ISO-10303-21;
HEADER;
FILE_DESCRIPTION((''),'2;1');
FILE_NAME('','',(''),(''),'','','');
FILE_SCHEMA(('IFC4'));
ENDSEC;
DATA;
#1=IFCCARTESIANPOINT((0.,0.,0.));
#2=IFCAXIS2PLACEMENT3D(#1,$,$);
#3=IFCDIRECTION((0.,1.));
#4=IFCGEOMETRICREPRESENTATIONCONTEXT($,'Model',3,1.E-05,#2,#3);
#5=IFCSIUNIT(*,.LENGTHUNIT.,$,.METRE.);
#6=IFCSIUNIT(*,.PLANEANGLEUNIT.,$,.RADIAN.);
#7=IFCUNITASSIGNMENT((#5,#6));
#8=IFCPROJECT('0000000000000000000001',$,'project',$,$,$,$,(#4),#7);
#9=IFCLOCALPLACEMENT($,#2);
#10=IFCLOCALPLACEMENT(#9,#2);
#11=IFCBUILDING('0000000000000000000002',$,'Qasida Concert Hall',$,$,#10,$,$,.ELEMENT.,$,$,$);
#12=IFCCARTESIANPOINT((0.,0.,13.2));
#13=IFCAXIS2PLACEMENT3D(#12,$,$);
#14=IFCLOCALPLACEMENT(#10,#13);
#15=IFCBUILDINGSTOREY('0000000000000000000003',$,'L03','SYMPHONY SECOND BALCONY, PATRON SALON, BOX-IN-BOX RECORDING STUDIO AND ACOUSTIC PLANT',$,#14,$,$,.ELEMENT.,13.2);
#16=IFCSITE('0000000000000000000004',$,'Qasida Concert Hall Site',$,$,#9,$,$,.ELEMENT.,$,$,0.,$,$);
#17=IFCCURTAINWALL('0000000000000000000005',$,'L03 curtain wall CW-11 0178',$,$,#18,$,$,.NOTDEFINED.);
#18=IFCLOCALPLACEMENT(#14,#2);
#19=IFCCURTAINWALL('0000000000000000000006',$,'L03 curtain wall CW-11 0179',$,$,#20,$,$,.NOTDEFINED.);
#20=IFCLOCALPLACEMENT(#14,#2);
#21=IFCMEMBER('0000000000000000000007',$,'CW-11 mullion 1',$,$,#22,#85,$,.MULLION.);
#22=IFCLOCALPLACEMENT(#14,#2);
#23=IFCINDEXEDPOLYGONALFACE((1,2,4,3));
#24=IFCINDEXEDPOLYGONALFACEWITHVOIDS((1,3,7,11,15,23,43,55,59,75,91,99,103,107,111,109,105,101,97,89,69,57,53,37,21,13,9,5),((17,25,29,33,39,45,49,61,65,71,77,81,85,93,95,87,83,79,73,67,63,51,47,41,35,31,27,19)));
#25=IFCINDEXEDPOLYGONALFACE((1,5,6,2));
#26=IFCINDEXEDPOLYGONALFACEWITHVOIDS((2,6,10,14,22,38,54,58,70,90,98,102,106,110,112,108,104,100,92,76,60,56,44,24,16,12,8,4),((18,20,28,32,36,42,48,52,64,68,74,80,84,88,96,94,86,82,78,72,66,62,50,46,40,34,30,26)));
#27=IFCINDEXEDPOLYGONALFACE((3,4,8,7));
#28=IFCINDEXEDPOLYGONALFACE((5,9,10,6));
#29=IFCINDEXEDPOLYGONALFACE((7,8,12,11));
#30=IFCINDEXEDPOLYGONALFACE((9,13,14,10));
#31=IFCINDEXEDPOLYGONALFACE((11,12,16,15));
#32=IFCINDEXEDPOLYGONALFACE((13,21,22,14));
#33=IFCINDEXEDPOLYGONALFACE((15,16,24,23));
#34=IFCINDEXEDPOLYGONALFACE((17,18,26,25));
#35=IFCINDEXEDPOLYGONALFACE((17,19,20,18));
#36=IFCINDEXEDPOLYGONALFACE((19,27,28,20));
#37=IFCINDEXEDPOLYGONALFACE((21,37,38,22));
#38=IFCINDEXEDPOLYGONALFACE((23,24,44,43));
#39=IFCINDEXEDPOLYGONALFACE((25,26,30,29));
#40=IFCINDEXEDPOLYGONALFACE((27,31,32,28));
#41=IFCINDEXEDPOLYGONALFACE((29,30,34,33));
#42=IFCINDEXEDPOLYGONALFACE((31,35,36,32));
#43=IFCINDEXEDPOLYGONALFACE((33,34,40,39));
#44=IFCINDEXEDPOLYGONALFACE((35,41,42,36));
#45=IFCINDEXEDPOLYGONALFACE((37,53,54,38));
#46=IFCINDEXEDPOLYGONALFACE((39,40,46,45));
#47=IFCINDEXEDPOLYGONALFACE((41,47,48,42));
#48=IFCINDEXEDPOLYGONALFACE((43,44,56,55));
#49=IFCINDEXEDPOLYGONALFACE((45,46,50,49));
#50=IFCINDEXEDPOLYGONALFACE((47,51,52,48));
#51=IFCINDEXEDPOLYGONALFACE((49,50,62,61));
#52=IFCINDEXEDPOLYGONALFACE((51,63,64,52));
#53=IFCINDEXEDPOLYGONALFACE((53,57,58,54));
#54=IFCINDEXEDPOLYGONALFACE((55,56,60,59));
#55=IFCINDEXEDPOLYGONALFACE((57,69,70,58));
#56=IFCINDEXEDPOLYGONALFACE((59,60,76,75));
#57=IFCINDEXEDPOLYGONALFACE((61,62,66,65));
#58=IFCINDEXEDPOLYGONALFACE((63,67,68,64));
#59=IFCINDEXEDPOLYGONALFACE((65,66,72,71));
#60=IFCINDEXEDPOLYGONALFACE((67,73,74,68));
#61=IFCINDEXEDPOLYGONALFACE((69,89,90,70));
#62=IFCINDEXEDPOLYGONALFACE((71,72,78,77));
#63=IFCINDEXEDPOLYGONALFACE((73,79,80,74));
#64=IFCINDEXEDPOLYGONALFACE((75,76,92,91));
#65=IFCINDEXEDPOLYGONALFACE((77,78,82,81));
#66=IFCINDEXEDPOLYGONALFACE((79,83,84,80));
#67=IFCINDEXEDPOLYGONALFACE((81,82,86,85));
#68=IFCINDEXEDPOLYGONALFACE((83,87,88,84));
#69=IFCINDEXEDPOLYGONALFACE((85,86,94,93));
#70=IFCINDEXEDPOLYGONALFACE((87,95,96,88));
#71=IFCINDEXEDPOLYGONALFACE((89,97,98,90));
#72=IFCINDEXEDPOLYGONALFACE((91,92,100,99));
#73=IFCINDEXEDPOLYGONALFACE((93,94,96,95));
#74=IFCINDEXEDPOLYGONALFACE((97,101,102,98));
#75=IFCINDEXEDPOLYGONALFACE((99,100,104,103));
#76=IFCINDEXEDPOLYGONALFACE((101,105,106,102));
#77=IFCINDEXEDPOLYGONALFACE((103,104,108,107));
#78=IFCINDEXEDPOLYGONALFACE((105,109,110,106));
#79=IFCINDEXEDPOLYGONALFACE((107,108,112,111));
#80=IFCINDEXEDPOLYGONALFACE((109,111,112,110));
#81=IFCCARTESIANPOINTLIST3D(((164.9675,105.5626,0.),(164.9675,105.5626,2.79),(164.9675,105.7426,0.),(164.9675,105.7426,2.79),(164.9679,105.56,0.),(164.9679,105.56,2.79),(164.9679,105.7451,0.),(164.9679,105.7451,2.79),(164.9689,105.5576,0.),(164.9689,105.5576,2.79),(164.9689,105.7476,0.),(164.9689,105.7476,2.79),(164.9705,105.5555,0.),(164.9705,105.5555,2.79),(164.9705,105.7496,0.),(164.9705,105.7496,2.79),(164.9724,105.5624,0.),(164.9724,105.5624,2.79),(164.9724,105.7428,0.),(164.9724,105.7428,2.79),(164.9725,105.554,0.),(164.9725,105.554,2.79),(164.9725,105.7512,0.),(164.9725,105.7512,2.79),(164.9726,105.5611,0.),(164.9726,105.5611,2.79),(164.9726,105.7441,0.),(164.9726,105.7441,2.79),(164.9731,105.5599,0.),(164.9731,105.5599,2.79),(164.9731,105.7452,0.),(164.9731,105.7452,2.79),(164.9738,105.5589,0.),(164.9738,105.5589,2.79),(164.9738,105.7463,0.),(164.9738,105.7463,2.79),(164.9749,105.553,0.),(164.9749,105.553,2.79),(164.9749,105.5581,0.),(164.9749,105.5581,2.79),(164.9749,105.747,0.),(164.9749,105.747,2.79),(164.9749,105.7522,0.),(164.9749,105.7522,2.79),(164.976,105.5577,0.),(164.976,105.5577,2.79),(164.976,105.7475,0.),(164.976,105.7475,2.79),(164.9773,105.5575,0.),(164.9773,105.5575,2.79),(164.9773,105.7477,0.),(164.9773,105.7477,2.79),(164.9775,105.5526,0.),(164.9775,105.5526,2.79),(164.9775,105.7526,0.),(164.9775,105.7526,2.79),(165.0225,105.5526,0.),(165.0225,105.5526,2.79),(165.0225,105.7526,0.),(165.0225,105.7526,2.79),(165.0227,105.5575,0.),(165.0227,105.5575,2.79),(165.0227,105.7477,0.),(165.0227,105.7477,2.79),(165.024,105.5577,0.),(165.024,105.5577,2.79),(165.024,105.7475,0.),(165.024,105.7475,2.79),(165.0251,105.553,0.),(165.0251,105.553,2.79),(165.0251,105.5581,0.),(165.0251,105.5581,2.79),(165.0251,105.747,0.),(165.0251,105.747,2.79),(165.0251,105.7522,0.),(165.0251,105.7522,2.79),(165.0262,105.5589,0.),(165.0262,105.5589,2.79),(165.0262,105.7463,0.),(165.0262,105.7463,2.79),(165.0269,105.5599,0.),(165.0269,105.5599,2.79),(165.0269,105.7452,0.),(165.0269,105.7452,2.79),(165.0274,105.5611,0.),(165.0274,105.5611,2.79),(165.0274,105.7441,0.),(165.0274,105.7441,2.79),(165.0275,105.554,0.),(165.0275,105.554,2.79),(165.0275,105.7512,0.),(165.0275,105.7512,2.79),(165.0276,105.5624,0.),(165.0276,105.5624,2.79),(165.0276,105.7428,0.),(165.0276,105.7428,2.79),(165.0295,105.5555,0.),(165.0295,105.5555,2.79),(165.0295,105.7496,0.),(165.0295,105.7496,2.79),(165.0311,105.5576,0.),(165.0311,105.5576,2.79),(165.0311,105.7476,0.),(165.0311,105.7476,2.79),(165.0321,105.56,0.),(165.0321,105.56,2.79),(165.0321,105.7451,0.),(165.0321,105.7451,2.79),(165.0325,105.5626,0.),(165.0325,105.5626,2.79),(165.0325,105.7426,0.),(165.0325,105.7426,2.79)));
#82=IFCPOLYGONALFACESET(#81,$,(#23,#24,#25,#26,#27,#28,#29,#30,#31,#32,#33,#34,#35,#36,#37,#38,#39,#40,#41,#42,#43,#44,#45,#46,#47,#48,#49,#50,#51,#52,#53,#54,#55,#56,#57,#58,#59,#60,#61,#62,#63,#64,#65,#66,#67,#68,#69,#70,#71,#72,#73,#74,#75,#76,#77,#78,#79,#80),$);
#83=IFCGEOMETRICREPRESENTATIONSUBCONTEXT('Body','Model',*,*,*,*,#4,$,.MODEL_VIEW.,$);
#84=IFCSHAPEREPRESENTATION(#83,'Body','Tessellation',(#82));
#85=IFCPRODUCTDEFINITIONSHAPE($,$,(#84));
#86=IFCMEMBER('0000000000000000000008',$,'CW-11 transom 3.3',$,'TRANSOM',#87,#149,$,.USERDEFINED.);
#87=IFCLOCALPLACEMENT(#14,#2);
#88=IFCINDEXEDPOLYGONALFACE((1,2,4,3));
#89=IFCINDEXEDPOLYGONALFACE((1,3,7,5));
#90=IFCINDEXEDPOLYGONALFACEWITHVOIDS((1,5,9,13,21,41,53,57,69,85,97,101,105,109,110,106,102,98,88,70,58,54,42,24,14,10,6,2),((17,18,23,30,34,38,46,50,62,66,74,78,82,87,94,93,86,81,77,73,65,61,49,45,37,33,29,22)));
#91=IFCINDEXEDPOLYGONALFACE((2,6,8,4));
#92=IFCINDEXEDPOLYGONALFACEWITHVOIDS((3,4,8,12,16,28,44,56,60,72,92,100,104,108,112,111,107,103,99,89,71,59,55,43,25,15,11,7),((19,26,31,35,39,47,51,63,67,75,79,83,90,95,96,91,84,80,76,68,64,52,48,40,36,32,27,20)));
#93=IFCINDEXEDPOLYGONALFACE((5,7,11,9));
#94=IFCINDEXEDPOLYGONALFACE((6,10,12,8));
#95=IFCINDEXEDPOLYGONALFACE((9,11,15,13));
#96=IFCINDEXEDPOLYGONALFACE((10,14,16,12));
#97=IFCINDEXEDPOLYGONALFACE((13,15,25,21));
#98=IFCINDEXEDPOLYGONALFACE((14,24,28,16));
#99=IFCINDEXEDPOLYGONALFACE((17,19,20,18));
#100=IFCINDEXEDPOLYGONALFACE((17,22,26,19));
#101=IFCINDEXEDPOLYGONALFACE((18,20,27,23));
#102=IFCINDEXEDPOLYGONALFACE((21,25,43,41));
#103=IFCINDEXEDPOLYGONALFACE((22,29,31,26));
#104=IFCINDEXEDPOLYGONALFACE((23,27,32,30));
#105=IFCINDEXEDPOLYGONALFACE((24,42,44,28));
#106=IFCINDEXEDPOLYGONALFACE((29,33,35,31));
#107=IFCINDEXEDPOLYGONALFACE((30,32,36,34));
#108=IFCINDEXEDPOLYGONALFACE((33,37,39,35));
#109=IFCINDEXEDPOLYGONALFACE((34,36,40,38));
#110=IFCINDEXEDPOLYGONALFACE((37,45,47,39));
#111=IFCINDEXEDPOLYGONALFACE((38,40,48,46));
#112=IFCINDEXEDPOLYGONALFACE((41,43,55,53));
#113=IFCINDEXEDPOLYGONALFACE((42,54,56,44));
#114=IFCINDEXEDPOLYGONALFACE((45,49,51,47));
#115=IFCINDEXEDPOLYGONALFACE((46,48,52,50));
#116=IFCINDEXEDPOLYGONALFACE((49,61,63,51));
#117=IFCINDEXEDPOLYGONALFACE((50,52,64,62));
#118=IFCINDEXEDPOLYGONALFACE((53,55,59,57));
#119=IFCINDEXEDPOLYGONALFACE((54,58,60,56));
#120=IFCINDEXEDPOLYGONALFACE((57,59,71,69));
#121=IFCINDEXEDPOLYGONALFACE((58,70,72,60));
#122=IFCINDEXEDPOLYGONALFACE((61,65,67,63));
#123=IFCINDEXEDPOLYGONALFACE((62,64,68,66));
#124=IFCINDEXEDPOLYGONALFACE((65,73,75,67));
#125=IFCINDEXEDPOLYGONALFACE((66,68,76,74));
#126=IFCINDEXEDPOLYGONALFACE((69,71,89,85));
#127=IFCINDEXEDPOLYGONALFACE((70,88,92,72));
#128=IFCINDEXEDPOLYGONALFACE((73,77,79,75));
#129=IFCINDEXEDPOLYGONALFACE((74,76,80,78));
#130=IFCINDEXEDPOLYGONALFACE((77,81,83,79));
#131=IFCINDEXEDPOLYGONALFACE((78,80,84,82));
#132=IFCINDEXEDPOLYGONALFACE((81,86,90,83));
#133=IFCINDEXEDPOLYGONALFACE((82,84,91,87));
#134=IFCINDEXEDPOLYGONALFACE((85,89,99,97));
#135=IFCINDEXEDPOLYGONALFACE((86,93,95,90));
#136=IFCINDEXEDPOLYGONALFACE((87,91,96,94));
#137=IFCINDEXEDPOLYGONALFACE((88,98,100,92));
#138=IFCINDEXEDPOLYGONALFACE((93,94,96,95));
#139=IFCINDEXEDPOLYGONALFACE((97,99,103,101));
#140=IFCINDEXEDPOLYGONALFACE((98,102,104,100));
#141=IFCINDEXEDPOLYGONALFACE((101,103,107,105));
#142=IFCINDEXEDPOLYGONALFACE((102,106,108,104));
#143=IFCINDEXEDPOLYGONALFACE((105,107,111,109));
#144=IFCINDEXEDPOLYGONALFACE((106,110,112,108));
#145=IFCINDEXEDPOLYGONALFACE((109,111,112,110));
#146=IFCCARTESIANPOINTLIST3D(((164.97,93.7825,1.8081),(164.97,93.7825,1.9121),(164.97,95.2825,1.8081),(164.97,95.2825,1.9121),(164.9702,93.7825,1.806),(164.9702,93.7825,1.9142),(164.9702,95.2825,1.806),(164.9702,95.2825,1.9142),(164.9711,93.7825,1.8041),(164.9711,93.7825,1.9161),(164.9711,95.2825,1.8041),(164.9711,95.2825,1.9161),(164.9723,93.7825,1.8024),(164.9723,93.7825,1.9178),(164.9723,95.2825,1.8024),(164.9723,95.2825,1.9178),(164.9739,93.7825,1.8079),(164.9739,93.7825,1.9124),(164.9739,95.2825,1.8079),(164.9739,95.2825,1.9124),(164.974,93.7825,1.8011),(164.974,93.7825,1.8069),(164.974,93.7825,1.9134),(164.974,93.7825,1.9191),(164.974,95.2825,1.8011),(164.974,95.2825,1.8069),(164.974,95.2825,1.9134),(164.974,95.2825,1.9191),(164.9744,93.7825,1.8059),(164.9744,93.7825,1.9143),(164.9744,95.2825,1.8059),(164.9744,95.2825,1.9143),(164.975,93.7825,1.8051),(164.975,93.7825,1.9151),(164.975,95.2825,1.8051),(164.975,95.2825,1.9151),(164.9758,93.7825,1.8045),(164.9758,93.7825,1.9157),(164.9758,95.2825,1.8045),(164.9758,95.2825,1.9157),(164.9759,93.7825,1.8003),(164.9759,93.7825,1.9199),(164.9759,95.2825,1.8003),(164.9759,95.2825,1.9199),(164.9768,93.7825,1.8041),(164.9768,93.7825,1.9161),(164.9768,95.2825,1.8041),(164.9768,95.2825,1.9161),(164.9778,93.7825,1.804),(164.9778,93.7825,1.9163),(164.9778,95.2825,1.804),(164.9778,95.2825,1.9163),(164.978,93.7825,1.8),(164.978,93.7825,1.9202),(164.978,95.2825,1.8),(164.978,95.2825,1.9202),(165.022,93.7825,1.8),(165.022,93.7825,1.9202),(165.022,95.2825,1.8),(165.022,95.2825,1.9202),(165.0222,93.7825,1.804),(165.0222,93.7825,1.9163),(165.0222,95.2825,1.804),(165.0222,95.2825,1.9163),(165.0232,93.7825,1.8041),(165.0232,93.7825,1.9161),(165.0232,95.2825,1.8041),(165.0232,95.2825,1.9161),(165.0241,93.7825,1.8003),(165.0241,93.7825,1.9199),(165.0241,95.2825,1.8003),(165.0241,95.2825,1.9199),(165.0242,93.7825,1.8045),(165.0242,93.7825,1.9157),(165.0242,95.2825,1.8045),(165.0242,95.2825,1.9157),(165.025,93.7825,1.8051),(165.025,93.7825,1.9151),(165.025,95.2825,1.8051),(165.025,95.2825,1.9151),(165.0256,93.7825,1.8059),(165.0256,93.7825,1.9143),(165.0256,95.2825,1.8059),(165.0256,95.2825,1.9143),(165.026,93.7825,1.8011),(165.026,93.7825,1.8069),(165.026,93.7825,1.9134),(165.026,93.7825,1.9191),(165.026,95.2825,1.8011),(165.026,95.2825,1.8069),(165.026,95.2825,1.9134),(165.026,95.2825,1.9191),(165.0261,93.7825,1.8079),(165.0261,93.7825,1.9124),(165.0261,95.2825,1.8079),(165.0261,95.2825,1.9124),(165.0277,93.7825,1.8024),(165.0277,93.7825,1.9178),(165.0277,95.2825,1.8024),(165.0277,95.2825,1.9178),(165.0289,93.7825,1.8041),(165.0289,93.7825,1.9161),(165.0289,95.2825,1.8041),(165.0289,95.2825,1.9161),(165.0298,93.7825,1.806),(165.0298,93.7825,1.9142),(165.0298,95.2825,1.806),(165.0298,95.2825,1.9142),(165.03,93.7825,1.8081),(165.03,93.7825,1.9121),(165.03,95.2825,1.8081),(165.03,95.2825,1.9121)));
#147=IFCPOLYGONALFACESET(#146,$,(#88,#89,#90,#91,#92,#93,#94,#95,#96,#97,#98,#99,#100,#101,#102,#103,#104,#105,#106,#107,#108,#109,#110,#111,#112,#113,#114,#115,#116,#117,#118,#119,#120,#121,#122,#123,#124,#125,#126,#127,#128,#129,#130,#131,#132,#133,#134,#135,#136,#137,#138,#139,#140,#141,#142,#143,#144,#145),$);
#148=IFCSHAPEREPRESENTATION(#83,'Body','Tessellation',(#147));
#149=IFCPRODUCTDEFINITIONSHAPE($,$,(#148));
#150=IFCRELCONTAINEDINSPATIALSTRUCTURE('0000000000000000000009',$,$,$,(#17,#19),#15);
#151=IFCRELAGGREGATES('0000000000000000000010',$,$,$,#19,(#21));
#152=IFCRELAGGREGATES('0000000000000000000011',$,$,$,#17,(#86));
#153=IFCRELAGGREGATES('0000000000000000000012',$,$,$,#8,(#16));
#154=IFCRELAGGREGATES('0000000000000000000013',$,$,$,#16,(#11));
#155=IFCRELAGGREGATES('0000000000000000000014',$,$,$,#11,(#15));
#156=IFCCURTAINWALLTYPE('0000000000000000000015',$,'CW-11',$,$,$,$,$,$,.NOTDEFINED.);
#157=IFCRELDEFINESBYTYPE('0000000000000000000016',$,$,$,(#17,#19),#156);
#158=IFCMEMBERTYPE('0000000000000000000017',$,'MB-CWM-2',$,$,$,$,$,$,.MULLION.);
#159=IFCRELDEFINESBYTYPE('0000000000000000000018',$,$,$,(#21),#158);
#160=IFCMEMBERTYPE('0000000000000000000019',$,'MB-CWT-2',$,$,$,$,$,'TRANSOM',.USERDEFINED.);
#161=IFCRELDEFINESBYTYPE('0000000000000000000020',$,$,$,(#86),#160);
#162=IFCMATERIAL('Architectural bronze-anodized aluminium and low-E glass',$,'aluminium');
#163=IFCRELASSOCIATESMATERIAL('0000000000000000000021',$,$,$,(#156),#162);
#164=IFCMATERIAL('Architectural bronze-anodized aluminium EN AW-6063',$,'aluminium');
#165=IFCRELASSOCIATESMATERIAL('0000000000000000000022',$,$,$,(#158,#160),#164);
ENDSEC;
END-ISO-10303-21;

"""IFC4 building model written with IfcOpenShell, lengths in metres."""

from ifc_helpers import new_model, si_unit, direction, frame, origin, origin_2d, place, context, subcontext, project, spatial, hollow_rectangle, extrude, material, material_profile, profile_set, type_object, element, aggregate, save


model = new_model("IFC4")

# Units and contexts
model_context = context("Model", 3, precision=1e-05, world=origin(), true_north=direction((0.0, 1.0)))
body_context = subcontext(model_context, "Body", "Model", "MODEL_VIEW")
ifc_project = project(units=[si_unit("LENGTHUNIT", "METRE"), si_unit("PLANEANGLEUNIT", "RADIAN")], contexts=[model_context])

# Site, building, storey
site_placement = place(None, origin())
site = spatial("IfcSite", under=ifc_project, at=site_placement, Name="Qasida Concert Hall Site", CompositionType="ELEMENT", RefElevation=0.0)
building_placement = place(site_placement, origin())
building = spatial("IfcBuilding", under=site, at=building_placement, Name="Qasida Concert Hall", CompositionType="ELEMENT")
storey_placement = place(building_placement, frame((0.0, 0.0, 13.2)))
storey = spatial("IfcBuildingStorey", under=building, at=storey_placement, Name="L03", Description="SYMPHONY SECOND BALCONY, PATRON SALON, BOX-IN-BOX RECORDING STUDIO AND ACOUSTIC PLANT", CompositionType="ELEMENT", Elevation=13.2)

# Curtain wall
ifc_material_1 = material(Name="Architectural bronze-anodized aluminium and low-E glass", Category="aluminium")
curtain_wall_type = type_object("IfcCurtainWallType", Name="CW-11", PredefinedType="NOTDEFINED", material=ifc_material_1)
curtain_wall_1_placement = place(storey_placement, origin())
curtain_wall_1 = element("IfcCurtainWall", 1, at=curtain_wall_1_placement, inside=storey, type_object=curtain_wall_type, Name="L03 curtain wall CW-11 0178", PredefinedType="NOTDEFINED")
ifc_material_2 = material(Name="Architectural bronze-anodized aluminium EN AW-6063", Category="aluminium")
ifc_material_profile_1 = material_profile(ifc_material_2, hollow_rectangle(XDim=0.0649, YDim=0.2, WallThickness=0.0049, InnerFilletRadius=0.0049, OuterFilletRadius=0.01, at=origin_2d()), Name="CWM 200x65x5")
ifc_profile_set_1 = profile_set([ifc_material_profile_1], Name="Architectural bronze-anodized aluminium EN AW-6063")
member_type_1 = type_object("IfcMemberType", Name="MB-CWM-2", PredefinedType="MULLION", material=ifc_profile_set_1)

# Curtain wall, member
curtain_wall_2_placement = place(storey_placement, origin())
curtain_wall_2 = element("IfcCurtainWall", 2, at=curtain_wall_2_placement, inside=storey, type_object=curtain_wall_type, Name="L03 curtain wall CW-11 0179", PredefinedType="NOTDEFINED")
member_1_placement = place(storey_placement, frame((165.0, 105.6526, 0.0), z_axis=(0.0, 0.0, 1.0), x_axis=(-1.0, 0.0, 0.0)))
member_1 = element("IfcMember", 3, at=member_1_placement, type_object=member_type_1, Name="CW-11 mullion 1", PredefinedType="MULLION", context=body_context, shape_type="SweptSolid", body=[
    extrude(hollow_rectangle(XDim=0.0649, YDim=0.2, WallThickness=0.0049, InnerFilletRadius=0.0049, OuterFilletRadius=0.01, at=origin_2d()), origin(), (0.0, 0.0, 1.0), 2.79),
])

# Member
ifc_material_profile_2 = material_profile(ifc_material_2, hollow_rectangle(XDim=0.0601, YDim=0.1201, WallThickness=0.0039, InnerFilletRadius=0.0039, OuterFilletRadius=0.0081, at=origin_2d()), Name="CWT 120x60x4")
ifc_profile_set_2 = profile_set([ifc_material_profile_2], Name="Architectural bronze-anodized aluminium EN AW-6063")
member_type_2 = type_object("IfcMemberType", Name="MB-CWT-2", ElementType="TRANSOM", PredefinedType="USERDEFINED", material=ifc_profile_set_2)
member_2_placement = place(storey_placement, frame((165.0, 93.7825, 1.8601), z_axis=(0.0, 1.0, 0.0), x_axis=(-1.0, 0.0, 0.0)))
member_2 = element("IfcMember", 4, at=member_2_placement, type_object=member_type_2, Name="CW-11 transom 3.3", ObjectType="TRANSOM", PredefinedType="USERDEFINED", context=body_context, shape_type="SweptSolid", body=[
    extrude(hollow_rectangle(XDim=0.0601, YDim=0.1201, WallThickness=0.0039, InnerFilletRadius=0.0039, OuterFilletRadius=0.0081, at=origin_2d()), origin(), (0.0, 0.0, 1.0), 1.5),
])
aggregate(curtain_wall_2, [member_1])

aggregate(curtain_wall_1, [member_2])

save(model, "model.ifc")
